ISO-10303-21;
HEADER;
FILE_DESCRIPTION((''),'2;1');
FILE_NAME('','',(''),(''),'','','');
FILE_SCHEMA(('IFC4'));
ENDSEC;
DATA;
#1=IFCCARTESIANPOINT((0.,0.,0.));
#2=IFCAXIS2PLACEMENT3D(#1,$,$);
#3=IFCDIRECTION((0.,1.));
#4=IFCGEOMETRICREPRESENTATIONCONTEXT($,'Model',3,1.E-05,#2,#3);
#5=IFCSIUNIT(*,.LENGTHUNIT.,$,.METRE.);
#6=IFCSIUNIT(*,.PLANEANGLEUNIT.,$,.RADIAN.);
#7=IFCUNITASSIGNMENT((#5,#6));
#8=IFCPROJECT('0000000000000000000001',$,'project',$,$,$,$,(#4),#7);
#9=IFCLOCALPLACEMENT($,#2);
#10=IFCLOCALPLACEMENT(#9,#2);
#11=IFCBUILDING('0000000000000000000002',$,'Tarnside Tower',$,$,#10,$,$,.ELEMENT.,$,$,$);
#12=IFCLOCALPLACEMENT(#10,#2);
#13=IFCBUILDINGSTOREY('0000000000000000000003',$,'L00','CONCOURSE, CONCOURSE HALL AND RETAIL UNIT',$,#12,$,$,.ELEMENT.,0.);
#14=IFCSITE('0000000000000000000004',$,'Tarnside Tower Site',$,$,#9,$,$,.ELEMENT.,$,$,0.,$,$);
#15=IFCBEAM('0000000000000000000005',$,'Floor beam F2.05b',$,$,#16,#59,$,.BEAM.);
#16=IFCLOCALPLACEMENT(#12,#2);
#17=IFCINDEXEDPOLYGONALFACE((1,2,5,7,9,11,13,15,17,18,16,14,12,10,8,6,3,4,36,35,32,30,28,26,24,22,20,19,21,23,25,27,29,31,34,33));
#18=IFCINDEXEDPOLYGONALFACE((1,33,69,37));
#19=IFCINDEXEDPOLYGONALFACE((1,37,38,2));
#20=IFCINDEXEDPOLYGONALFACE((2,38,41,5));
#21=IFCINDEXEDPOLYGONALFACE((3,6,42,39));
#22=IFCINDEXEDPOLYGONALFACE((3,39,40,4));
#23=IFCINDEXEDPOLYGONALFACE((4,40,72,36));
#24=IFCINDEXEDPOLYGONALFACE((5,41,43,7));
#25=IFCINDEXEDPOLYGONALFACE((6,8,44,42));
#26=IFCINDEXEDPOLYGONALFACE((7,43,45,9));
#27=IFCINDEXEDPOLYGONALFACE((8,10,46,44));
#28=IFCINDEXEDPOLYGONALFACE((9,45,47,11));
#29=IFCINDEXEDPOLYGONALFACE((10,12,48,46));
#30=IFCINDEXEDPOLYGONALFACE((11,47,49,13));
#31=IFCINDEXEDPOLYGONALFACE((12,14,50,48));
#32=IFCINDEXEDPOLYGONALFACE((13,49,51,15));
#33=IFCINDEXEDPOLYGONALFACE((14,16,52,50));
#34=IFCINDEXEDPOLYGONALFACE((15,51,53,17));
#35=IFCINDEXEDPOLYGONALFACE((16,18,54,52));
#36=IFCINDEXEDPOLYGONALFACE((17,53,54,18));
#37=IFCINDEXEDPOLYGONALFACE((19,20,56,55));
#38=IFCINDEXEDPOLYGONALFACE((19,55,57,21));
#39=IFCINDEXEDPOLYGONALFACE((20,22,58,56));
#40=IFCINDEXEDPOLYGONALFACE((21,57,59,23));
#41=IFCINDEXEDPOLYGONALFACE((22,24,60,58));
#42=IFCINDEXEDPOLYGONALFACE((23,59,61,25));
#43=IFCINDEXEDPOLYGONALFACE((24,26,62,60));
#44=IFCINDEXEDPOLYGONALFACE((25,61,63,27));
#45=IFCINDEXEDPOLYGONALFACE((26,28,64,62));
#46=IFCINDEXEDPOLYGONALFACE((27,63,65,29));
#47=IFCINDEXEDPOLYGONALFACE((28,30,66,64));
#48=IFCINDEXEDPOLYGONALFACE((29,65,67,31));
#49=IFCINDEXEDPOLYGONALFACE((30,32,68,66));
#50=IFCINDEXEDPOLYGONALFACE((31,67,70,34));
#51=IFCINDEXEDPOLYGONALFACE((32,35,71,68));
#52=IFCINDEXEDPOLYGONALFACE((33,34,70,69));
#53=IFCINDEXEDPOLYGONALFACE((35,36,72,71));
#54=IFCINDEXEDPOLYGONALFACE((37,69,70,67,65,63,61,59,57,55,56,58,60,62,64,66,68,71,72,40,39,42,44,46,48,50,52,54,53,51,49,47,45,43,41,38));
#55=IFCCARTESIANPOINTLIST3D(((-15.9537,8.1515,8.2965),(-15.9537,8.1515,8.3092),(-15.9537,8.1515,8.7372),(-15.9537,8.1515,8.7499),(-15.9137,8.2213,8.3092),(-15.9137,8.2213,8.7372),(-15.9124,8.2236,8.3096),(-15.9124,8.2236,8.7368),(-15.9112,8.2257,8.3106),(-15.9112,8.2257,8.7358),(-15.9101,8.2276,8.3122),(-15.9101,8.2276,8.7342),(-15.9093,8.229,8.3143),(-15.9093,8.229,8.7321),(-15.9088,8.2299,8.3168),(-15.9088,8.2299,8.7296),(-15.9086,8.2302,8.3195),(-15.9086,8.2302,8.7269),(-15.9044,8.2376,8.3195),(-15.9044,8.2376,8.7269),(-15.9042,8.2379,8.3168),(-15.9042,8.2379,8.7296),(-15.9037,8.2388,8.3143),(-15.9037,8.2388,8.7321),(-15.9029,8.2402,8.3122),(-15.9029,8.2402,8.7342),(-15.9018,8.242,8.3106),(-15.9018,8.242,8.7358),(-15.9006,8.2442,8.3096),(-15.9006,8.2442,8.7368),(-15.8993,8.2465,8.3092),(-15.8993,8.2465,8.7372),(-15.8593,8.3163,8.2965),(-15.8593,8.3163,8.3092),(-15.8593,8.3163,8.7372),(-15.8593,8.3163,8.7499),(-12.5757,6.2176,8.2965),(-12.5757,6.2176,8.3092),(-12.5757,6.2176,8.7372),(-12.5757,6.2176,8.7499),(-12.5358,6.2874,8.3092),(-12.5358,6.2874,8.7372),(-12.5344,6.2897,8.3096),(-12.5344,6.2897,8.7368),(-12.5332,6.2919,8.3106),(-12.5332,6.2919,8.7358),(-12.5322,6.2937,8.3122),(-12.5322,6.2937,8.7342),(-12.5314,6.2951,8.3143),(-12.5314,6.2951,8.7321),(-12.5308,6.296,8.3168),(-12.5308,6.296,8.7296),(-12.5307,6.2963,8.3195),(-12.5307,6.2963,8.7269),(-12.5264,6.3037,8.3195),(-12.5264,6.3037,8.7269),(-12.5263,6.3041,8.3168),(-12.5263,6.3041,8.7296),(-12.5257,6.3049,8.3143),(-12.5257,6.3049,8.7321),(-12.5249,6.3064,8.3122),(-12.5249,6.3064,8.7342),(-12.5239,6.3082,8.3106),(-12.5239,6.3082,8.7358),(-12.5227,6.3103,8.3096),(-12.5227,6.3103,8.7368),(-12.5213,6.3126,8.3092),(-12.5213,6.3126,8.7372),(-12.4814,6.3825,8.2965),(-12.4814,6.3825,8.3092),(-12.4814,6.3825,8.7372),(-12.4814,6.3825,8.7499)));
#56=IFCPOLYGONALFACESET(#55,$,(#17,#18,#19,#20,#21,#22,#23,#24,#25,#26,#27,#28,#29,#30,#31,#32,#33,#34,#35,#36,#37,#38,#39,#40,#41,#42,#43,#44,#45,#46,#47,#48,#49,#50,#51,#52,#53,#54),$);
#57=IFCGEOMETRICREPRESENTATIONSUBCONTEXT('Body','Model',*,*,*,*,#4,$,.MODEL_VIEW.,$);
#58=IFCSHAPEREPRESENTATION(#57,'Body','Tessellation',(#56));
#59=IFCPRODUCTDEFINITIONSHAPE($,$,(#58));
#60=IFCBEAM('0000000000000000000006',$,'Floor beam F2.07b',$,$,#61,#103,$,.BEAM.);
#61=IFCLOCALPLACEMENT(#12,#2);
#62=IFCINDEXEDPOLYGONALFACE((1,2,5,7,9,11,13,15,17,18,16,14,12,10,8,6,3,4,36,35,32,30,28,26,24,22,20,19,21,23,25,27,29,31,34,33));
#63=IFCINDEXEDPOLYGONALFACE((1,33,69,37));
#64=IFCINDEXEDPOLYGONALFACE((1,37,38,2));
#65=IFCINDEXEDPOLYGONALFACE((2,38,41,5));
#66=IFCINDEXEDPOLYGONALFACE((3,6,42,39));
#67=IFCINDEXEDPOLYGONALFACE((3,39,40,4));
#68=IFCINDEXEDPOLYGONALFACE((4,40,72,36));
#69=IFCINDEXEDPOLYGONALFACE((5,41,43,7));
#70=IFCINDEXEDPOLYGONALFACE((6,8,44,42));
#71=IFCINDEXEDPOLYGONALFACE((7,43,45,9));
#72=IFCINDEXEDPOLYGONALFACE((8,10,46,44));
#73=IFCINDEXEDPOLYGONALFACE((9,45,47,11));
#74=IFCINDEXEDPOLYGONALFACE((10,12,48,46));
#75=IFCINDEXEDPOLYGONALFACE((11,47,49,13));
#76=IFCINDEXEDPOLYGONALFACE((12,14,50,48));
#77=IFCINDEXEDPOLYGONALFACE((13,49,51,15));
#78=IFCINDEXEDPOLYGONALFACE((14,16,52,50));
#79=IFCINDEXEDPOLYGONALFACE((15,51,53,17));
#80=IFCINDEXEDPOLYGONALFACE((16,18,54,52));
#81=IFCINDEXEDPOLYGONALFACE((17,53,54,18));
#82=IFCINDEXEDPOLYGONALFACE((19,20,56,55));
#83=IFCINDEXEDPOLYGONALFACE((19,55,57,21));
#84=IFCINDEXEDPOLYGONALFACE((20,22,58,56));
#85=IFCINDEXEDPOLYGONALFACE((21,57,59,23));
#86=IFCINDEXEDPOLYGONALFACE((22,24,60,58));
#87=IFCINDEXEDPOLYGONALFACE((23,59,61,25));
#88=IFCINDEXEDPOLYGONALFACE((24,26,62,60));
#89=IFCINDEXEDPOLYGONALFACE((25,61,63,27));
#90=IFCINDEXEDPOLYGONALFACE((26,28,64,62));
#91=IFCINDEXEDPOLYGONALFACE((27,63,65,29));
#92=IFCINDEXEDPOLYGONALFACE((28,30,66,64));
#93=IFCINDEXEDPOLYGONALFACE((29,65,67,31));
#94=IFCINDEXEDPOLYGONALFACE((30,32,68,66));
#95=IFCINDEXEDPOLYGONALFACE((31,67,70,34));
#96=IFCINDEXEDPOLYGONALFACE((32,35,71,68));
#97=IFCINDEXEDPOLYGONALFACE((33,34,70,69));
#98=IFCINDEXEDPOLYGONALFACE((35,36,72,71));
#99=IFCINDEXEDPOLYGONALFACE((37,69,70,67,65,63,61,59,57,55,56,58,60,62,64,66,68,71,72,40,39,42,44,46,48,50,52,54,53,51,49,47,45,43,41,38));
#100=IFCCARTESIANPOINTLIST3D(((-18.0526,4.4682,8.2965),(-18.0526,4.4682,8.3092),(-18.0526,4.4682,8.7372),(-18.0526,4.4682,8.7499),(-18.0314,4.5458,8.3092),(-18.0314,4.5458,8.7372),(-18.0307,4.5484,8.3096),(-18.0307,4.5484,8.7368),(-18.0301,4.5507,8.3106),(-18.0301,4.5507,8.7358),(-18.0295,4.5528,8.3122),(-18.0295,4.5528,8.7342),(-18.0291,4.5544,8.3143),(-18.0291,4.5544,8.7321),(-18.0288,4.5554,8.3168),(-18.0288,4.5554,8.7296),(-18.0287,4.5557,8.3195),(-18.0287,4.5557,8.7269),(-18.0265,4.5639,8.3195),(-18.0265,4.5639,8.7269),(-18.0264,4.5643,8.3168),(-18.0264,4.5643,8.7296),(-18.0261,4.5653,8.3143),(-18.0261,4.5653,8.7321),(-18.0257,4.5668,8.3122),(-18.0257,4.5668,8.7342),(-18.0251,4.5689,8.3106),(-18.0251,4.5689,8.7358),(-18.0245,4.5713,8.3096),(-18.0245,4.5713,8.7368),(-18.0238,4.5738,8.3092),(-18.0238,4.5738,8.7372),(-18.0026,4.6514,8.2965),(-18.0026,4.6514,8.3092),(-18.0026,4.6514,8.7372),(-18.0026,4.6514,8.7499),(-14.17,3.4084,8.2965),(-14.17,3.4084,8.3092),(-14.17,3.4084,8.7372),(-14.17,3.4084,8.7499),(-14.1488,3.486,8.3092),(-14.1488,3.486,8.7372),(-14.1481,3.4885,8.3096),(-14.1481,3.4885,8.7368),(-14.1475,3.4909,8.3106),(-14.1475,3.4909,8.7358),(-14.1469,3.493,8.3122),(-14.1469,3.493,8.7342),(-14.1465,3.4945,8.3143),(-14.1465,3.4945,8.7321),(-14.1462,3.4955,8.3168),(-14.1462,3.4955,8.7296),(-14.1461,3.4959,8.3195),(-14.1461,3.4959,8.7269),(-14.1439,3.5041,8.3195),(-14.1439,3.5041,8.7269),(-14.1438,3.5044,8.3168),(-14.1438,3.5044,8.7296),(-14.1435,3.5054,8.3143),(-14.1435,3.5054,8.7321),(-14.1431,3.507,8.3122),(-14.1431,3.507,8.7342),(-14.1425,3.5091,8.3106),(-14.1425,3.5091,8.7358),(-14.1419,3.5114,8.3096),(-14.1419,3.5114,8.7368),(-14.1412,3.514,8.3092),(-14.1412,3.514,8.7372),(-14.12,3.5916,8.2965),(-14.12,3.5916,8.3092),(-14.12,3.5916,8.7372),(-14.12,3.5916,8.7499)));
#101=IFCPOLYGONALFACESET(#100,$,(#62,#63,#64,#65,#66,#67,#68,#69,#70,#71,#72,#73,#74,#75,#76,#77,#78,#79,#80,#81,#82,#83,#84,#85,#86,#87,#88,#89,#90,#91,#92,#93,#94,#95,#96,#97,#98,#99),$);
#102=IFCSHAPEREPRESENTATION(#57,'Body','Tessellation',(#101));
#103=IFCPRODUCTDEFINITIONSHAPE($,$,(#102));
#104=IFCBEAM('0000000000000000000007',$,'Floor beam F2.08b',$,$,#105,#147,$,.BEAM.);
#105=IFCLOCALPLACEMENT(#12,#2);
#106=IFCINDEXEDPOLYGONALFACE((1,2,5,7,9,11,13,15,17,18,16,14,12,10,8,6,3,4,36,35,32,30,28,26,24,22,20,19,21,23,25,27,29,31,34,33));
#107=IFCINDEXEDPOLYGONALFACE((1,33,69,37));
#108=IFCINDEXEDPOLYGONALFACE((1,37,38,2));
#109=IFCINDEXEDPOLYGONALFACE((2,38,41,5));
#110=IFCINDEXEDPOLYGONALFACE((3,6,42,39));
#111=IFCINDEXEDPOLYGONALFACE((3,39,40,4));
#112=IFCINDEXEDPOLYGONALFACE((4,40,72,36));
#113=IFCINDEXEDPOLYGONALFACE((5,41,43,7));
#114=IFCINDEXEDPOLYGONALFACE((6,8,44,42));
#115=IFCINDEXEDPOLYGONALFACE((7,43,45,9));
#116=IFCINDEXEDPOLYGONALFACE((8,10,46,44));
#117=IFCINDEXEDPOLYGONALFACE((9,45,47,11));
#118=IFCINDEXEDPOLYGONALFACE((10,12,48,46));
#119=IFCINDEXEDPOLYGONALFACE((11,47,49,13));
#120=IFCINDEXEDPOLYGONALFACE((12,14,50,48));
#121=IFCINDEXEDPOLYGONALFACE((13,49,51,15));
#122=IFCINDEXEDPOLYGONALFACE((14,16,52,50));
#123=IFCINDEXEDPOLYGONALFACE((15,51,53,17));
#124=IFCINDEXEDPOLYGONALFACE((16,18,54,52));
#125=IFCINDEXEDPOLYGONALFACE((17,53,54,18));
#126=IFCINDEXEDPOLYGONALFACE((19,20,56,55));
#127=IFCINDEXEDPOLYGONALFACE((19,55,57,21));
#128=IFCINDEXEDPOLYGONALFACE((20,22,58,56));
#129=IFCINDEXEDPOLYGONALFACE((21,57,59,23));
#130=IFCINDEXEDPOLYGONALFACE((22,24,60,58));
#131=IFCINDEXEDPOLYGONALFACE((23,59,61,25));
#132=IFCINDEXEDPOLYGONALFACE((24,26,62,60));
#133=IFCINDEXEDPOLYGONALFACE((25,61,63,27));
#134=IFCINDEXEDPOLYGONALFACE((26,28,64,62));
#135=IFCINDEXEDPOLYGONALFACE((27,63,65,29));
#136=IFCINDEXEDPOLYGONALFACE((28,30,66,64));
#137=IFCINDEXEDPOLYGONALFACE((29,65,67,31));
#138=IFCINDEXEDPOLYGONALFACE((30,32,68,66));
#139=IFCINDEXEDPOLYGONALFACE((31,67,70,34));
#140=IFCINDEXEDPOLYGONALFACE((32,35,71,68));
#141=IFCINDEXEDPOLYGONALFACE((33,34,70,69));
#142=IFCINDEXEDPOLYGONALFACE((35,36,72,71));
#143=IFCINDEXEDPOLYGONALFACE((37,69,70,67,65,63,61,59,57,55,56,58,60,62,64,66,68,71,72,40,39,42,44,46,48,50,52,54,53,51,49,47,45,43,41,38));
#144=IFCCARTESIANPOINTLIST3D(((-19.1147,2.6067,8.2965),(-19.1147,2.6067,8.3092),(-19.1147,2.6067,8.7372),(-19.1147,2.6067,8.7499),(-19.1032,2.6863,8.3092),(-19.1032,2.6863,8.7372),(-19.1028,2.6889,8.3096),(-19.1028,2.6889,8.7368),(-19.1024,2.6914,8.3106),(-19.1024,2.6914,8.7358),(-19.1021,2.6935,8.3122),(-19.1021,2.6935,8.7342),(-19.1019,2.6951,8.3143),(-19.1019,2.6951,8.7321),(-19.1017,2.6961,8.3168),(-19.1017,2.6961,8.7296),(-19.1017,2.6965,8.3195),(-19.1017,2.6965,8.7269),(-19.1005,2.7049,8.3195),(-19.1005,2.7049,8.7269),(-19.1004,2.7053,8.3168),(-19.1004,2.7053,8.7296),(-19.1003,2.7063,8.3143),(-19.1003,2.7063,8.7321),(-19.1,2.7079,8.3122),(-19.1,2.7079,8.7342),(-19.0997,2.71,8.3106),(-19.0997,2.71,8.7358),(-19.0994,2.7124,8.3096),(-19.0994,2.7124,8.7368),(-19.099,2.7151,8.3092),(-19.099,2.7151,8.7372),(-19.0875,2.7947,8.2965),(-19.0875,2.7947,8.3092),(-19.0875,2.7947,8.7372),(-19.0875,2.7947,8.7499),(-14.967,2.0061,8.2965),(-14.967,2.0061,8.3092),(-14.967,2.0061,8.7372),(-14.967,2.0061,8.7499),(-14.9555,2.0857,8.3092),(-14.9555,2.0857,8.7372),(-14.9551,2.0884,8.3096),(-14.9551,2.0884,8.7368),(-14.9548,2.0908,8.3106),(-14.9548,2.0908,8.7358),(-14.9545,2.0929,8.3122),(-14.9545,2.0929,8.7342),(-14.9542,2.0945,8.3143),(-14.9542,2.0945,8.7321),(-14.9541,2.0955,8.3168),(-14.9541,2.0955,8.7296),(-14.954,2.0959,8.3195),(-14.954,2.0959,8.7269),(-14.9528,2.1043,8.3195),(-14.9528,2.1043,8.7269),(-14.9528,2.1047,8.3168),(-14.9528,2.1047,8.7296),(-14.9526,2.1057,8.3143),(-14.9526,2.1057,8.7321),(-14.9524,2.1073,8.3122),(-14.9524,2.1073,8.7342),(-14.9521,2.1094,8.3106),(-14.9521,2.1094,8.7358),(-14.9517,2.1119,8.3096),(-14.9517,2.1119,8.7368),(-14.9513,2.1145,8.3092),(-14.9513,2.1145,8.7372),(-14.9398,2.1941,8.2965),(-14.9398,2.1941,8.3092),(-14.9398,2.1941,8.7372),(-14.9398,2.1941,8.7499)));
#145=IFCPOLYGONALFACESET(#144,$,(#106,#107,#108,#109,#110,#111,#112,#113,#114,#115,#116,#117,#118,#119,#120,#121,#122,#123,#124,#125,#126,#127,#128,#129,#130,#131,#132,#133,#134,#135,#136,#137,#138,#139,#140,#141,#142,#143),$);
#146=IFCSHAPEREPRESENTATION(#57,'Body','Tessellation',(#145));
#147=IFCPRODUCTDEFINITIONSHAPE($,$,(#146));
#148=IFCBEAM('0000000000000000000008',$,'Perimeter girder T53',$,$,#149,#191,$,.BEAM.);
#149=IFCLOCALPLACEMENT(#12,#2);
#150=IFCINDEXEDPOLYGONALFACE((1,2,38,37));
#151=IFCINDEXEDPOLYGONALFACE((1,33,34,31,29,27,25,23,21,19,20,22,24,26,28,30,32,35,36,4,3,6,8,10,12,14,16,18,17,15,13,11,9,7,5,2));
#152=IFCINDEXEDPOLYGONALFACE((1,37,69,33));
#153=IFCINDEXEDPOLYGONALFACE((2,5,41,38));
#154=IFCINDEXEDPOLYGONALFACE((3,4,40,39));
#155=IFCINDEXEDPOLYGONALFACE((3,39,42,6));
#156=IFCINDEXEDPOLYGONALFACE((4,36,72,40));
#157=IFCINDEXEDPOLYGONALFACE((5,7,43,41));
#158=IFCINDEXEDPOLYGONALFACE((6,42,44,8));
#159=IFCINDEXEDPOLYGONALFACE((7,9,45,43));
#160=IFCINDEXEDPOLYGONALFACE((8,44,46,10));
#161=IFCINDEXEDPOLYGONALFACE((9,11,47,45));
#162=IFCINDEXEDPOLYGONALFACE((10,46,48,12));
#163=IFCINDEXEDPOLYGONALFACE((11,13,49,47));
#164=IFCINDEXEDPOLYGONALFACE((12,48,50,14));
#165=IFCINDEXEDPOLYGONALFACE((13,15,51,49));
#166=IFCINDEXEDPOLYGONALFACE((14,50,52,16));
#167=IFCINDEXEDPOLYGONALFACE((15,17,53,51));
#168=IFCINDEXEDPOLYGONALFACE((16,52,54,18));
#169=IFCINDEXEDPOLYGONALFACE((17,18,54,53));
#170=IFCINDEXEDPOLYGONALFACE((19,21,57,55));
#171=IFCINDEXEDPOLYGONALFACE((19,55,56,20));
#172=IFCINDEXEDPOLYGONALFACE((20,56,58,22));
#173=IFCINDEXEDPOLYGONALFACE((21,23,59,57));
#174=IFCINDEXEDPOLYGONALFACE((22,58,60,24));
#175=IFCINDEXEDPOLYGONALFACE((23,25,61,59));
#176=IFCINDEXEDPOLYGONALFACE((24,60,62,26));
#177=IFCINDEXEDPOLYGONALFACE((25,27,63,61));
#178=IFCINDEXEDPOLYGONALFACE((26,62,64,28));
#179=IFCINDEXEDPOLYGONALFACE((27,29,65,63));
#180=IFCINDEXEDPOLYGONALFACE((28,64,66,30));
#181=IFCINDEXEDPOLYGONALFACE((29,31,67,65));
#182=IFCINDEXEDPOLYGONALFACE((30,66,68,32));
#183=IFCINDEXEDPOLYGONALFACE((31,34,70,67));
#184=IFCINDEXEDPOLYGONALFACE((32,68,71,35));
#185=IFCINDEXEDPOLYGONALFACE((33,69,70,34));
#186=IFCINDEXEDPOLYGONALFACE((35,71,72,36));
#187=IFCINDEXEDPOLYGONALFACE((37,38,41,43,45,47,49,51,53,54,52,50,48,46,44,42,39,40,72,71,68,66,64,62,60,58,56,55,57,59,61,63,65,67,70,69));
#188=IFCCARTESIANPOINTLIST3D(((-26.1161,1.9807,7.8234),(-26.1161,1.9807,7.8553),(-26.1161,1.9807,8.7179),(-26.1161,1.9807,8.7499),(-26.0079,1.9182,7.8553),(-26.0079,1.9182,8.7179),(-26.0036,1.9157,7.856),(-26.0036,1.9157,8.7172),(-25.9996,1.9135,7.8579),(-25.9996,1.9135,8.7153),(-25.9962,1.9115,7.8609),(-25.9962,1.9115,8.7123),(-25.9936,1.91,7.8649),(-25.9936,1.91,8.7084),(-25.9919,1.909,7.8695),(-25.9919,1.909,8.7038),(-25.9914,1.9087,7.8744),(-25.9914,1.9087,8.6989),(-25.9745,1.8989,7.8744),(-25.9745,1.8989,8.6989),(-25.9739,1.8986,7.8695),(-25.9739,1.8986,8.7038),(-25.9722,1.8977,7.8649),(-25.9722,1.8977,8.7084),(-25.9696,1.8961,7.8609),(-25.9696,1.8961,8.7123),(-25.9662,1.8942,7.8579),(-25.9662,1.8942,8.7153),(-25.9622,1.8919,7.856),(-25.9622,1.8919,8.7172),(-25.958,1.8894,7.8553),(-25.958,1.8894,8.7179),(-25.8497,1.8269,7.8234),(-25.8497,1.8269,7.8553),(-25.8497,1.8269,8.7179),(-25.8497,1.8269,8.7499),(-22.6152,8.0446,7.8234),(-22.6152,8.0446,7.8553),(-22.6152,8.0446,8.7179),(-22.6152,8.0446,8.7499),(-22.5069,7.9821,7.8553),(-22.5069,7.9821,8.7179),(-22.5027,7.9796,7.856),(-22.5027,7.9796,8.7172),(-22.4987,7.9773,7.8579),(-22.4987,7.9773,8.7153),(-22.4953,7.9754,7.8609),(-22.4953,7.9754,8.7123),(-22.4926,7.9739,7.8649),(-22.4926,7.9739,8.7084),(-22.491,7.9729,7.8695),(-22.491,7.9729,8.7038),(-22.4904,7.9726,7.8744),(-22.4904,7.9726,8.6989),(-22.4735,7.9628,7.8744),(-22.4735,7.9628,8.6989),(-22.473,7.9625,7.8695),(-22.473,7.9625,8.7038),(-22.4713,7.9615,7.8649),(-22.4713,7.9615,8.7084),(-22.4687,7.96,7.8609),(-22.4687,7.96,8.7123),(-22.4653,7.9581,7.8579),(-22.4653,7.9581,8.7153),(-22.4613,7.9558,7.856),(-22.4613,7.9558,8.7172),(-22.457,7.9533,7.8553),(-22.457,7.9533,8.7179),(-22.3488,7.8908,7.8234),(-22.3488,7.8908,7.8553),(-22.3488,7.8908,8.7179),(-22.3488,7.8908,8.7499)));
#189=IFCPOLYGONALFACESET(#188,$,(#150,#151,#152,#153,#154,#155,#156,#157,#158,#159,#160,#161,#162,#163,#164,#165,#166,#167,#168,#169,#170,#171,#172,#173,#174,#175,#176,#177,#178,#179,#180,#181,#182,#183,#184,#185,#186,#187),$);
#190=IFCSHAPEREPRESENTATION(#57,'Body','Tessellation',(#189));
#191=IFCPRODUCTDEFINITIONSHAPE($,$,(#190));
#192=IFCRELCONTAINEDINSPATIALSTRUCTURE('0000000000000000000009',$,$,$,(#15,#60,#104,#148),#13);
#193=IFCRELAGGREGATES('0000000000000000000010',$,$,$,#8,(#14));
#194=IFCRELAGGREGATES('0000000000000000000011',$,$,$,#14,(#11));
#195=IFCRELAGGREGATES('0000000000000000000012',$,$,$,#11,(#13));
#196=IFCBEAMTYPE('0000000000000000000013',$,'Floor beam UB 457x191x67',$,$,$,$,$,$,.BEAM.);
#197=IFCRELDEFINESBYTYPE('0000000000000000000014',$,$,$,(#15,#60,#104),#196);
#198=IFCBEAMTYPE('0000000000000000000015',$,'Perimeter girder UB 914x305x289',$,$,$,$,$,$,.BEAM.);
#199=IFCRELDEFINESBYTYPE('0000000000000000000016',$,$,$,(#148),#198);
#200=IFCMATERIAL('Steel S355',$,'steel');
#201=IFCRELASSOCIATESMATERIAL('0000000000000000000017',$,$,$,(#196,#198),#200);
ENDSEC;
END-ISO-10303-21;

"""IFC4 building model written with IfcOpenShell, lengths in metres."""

from ifc_helpers import new_model, si_unit, direction, frame, origin, origin_2d, place, context, subcontext, project, spatial, i_section, extrude, material, material_profile, profile_set, type_object, element, save


model = new_model("IFC4")

# Units and contexts
model_context = context("Model", 3, precision=1e-05, world=origin(), true_north=direction((0.0, 1.0)))
body_context = subcontext(model_context, "Body", "Model", "MODEL_VIEW")
ifc_project = project(units=[si_unit("LENGTHUNIT", "METRE"), si_unit("PLANEANGLEUNIT", "RADIAN")], contexts=[model_context])

# Site, building, storey
site_placement = place(None, origin())
site = spatial("IfcSite", under=ifc_project, at=site_placement, Name="Tarnside Tower Site", CompositionType="ELEMENT", RefElevation=0.0)
building_placement = place(site_placement, origin())
building = spatial("IfcBuilding", under=site, at=building_placement, Name="Tarnside Tower", CompositionType="ELEMENT")
storey_placement = place(building_placement, origin())
storey = spatial("IfcBuildingStorey", under=building, at=storey_placement, Name="L00", Description="CONCOURSE, CONCOURSE HALL AND RETAIL UNIT", CompositionType="ELEMENT", Elevation=0.0)

# Beams
ifc_material_1 = material(Name="Steel S355", Category="steel")
ifc_material_profile_1 = material_profile(ifc_material_1, i_section(OverallWidth=0.1899, OverallDepth=0.4534, WebThickness=0.0085, FlangeThickness=0.0127, FilletRadius=0.0103, at=origin_2d()), Name="UB 457x191x67")
ifc_profile_set_1 = profile_set([ifc_material_profile_1], Name="Steel S355")
beam_type_1 = type_object("IfcBeamType", Name="Floor beam UB 457x191x67", PredefinedType="BEAM", material=ifc_profile_set_1)
beam_1_placement = place(storey_placement, frame((-15.9065, 8.2339, 8.5232), z_axis=(0.867845, -0.496835, 0.0), x_axis=(0.496835, 0.867845, 0.0)))
element("IfcBeam", 1, at=beam_1_placement, inside=storey, type_object=beam_type_1, Name="Floor beam F2.05b", PredefinedType="BEAM", context=body_context, shape_type="SweptSolid", body=[
    extrude(i_section(OverallWidth=0.1899, OverallDepth=0.4534, WebThickness=0.0085, FlangeThickness=0.0127, FilletRadius=0.0103, at=origin_2d()), origin(), (0.0, 0.0, 1.0), 3.8923),
])
beam_2_placement = place(storey_placement, frame((-18.0276, 4.5598, 8.5232), z_axis=(0.964705, -0.263333, 0.0), x_axis=(0.263333, 0.964705, 0.0)))
element("IfcBeam", 2, at=beam_2_placement, inside=storey, type_object=beam_type_1, Name="Floor beam F2.07b", PredefinedType="BEAM", context=body_context, shape_type="SweptSolid", body=[
    extrude(i_section(OverallWidth=0.1899, OverallDepth=0.4534, WebThickness=0.0085, FlangeThickness=0.0127, FilletRadius=0.0103, at=origin_2d()), origin(), (0.0, 0.0, 1.0), 4.0247),
])
beam_3_placement = place(storey_placement, frame((-19.1011, 2.7007, 8.5232), z_axis=(0.989679, -0.143305, 0.0), x_axis=(0.143305, 0.989679, 0.0)))
element("IfcBeam", 3, at=beam_3_placement, inside=storey, type_object=beam_type_1, Name="Floor beam F2.08b", PredefinedType="BEAM", context=body_context, shape_type="SweptSolid", body=[
    extrude(i_section(OverallWidth=0.1899, OverallDepth=0.4534, WebThickness=0.0085, FlangeThickness=0.0127, FilletRadius=0.0103, at=origin_2d()), origin(), (0.0, 0.0, 1.0), 4.1909),
])
ifc_material_profile_2 = material_profile(ifc_material_1, i_section(OverallWidth=0.3076, OverallDepth=0.9265, WebThickness=0.0195, FlangeThickness=0.032, FilletRadius=0.019, at=origin_2d()), Name="UB 914x305x289")
ifc_profile_set_2 = profile_set([ifc_material_profile_2], Name="Steel S355")
beam_type_2 = type_object("IfcBeamType", Name="Perimeter girder UB 914x305x289", PredefinedType="BEAM", material=ifc_profile_set_2)
beam_4_placement = place(storey_placement, frame((-25.9829, 1.9038, 8.2866), z_axis=(0.499994, 0.866029, 0.0), x_axis=(-0.866029, 0.499994, 0.0)))
element("IfcBeam", 4, at=beam_4_placement, inside=storey, type_object=beam_type_2, Name="Perimeter girder T53", PredefinedType="BEAM", context=body_context, shape_type="SweptSolid", body=[
    extrude(i_section(OverallWidth=0.3076, OverallDepth=0.9265, WebThickness=0.0195, FlangeThickness=0.032, FilletRadius=0.019, at=origin_2d()), origin(), (0.0, 0.0, 1.0), 7.002),
])

save(model, "model.ifc")
